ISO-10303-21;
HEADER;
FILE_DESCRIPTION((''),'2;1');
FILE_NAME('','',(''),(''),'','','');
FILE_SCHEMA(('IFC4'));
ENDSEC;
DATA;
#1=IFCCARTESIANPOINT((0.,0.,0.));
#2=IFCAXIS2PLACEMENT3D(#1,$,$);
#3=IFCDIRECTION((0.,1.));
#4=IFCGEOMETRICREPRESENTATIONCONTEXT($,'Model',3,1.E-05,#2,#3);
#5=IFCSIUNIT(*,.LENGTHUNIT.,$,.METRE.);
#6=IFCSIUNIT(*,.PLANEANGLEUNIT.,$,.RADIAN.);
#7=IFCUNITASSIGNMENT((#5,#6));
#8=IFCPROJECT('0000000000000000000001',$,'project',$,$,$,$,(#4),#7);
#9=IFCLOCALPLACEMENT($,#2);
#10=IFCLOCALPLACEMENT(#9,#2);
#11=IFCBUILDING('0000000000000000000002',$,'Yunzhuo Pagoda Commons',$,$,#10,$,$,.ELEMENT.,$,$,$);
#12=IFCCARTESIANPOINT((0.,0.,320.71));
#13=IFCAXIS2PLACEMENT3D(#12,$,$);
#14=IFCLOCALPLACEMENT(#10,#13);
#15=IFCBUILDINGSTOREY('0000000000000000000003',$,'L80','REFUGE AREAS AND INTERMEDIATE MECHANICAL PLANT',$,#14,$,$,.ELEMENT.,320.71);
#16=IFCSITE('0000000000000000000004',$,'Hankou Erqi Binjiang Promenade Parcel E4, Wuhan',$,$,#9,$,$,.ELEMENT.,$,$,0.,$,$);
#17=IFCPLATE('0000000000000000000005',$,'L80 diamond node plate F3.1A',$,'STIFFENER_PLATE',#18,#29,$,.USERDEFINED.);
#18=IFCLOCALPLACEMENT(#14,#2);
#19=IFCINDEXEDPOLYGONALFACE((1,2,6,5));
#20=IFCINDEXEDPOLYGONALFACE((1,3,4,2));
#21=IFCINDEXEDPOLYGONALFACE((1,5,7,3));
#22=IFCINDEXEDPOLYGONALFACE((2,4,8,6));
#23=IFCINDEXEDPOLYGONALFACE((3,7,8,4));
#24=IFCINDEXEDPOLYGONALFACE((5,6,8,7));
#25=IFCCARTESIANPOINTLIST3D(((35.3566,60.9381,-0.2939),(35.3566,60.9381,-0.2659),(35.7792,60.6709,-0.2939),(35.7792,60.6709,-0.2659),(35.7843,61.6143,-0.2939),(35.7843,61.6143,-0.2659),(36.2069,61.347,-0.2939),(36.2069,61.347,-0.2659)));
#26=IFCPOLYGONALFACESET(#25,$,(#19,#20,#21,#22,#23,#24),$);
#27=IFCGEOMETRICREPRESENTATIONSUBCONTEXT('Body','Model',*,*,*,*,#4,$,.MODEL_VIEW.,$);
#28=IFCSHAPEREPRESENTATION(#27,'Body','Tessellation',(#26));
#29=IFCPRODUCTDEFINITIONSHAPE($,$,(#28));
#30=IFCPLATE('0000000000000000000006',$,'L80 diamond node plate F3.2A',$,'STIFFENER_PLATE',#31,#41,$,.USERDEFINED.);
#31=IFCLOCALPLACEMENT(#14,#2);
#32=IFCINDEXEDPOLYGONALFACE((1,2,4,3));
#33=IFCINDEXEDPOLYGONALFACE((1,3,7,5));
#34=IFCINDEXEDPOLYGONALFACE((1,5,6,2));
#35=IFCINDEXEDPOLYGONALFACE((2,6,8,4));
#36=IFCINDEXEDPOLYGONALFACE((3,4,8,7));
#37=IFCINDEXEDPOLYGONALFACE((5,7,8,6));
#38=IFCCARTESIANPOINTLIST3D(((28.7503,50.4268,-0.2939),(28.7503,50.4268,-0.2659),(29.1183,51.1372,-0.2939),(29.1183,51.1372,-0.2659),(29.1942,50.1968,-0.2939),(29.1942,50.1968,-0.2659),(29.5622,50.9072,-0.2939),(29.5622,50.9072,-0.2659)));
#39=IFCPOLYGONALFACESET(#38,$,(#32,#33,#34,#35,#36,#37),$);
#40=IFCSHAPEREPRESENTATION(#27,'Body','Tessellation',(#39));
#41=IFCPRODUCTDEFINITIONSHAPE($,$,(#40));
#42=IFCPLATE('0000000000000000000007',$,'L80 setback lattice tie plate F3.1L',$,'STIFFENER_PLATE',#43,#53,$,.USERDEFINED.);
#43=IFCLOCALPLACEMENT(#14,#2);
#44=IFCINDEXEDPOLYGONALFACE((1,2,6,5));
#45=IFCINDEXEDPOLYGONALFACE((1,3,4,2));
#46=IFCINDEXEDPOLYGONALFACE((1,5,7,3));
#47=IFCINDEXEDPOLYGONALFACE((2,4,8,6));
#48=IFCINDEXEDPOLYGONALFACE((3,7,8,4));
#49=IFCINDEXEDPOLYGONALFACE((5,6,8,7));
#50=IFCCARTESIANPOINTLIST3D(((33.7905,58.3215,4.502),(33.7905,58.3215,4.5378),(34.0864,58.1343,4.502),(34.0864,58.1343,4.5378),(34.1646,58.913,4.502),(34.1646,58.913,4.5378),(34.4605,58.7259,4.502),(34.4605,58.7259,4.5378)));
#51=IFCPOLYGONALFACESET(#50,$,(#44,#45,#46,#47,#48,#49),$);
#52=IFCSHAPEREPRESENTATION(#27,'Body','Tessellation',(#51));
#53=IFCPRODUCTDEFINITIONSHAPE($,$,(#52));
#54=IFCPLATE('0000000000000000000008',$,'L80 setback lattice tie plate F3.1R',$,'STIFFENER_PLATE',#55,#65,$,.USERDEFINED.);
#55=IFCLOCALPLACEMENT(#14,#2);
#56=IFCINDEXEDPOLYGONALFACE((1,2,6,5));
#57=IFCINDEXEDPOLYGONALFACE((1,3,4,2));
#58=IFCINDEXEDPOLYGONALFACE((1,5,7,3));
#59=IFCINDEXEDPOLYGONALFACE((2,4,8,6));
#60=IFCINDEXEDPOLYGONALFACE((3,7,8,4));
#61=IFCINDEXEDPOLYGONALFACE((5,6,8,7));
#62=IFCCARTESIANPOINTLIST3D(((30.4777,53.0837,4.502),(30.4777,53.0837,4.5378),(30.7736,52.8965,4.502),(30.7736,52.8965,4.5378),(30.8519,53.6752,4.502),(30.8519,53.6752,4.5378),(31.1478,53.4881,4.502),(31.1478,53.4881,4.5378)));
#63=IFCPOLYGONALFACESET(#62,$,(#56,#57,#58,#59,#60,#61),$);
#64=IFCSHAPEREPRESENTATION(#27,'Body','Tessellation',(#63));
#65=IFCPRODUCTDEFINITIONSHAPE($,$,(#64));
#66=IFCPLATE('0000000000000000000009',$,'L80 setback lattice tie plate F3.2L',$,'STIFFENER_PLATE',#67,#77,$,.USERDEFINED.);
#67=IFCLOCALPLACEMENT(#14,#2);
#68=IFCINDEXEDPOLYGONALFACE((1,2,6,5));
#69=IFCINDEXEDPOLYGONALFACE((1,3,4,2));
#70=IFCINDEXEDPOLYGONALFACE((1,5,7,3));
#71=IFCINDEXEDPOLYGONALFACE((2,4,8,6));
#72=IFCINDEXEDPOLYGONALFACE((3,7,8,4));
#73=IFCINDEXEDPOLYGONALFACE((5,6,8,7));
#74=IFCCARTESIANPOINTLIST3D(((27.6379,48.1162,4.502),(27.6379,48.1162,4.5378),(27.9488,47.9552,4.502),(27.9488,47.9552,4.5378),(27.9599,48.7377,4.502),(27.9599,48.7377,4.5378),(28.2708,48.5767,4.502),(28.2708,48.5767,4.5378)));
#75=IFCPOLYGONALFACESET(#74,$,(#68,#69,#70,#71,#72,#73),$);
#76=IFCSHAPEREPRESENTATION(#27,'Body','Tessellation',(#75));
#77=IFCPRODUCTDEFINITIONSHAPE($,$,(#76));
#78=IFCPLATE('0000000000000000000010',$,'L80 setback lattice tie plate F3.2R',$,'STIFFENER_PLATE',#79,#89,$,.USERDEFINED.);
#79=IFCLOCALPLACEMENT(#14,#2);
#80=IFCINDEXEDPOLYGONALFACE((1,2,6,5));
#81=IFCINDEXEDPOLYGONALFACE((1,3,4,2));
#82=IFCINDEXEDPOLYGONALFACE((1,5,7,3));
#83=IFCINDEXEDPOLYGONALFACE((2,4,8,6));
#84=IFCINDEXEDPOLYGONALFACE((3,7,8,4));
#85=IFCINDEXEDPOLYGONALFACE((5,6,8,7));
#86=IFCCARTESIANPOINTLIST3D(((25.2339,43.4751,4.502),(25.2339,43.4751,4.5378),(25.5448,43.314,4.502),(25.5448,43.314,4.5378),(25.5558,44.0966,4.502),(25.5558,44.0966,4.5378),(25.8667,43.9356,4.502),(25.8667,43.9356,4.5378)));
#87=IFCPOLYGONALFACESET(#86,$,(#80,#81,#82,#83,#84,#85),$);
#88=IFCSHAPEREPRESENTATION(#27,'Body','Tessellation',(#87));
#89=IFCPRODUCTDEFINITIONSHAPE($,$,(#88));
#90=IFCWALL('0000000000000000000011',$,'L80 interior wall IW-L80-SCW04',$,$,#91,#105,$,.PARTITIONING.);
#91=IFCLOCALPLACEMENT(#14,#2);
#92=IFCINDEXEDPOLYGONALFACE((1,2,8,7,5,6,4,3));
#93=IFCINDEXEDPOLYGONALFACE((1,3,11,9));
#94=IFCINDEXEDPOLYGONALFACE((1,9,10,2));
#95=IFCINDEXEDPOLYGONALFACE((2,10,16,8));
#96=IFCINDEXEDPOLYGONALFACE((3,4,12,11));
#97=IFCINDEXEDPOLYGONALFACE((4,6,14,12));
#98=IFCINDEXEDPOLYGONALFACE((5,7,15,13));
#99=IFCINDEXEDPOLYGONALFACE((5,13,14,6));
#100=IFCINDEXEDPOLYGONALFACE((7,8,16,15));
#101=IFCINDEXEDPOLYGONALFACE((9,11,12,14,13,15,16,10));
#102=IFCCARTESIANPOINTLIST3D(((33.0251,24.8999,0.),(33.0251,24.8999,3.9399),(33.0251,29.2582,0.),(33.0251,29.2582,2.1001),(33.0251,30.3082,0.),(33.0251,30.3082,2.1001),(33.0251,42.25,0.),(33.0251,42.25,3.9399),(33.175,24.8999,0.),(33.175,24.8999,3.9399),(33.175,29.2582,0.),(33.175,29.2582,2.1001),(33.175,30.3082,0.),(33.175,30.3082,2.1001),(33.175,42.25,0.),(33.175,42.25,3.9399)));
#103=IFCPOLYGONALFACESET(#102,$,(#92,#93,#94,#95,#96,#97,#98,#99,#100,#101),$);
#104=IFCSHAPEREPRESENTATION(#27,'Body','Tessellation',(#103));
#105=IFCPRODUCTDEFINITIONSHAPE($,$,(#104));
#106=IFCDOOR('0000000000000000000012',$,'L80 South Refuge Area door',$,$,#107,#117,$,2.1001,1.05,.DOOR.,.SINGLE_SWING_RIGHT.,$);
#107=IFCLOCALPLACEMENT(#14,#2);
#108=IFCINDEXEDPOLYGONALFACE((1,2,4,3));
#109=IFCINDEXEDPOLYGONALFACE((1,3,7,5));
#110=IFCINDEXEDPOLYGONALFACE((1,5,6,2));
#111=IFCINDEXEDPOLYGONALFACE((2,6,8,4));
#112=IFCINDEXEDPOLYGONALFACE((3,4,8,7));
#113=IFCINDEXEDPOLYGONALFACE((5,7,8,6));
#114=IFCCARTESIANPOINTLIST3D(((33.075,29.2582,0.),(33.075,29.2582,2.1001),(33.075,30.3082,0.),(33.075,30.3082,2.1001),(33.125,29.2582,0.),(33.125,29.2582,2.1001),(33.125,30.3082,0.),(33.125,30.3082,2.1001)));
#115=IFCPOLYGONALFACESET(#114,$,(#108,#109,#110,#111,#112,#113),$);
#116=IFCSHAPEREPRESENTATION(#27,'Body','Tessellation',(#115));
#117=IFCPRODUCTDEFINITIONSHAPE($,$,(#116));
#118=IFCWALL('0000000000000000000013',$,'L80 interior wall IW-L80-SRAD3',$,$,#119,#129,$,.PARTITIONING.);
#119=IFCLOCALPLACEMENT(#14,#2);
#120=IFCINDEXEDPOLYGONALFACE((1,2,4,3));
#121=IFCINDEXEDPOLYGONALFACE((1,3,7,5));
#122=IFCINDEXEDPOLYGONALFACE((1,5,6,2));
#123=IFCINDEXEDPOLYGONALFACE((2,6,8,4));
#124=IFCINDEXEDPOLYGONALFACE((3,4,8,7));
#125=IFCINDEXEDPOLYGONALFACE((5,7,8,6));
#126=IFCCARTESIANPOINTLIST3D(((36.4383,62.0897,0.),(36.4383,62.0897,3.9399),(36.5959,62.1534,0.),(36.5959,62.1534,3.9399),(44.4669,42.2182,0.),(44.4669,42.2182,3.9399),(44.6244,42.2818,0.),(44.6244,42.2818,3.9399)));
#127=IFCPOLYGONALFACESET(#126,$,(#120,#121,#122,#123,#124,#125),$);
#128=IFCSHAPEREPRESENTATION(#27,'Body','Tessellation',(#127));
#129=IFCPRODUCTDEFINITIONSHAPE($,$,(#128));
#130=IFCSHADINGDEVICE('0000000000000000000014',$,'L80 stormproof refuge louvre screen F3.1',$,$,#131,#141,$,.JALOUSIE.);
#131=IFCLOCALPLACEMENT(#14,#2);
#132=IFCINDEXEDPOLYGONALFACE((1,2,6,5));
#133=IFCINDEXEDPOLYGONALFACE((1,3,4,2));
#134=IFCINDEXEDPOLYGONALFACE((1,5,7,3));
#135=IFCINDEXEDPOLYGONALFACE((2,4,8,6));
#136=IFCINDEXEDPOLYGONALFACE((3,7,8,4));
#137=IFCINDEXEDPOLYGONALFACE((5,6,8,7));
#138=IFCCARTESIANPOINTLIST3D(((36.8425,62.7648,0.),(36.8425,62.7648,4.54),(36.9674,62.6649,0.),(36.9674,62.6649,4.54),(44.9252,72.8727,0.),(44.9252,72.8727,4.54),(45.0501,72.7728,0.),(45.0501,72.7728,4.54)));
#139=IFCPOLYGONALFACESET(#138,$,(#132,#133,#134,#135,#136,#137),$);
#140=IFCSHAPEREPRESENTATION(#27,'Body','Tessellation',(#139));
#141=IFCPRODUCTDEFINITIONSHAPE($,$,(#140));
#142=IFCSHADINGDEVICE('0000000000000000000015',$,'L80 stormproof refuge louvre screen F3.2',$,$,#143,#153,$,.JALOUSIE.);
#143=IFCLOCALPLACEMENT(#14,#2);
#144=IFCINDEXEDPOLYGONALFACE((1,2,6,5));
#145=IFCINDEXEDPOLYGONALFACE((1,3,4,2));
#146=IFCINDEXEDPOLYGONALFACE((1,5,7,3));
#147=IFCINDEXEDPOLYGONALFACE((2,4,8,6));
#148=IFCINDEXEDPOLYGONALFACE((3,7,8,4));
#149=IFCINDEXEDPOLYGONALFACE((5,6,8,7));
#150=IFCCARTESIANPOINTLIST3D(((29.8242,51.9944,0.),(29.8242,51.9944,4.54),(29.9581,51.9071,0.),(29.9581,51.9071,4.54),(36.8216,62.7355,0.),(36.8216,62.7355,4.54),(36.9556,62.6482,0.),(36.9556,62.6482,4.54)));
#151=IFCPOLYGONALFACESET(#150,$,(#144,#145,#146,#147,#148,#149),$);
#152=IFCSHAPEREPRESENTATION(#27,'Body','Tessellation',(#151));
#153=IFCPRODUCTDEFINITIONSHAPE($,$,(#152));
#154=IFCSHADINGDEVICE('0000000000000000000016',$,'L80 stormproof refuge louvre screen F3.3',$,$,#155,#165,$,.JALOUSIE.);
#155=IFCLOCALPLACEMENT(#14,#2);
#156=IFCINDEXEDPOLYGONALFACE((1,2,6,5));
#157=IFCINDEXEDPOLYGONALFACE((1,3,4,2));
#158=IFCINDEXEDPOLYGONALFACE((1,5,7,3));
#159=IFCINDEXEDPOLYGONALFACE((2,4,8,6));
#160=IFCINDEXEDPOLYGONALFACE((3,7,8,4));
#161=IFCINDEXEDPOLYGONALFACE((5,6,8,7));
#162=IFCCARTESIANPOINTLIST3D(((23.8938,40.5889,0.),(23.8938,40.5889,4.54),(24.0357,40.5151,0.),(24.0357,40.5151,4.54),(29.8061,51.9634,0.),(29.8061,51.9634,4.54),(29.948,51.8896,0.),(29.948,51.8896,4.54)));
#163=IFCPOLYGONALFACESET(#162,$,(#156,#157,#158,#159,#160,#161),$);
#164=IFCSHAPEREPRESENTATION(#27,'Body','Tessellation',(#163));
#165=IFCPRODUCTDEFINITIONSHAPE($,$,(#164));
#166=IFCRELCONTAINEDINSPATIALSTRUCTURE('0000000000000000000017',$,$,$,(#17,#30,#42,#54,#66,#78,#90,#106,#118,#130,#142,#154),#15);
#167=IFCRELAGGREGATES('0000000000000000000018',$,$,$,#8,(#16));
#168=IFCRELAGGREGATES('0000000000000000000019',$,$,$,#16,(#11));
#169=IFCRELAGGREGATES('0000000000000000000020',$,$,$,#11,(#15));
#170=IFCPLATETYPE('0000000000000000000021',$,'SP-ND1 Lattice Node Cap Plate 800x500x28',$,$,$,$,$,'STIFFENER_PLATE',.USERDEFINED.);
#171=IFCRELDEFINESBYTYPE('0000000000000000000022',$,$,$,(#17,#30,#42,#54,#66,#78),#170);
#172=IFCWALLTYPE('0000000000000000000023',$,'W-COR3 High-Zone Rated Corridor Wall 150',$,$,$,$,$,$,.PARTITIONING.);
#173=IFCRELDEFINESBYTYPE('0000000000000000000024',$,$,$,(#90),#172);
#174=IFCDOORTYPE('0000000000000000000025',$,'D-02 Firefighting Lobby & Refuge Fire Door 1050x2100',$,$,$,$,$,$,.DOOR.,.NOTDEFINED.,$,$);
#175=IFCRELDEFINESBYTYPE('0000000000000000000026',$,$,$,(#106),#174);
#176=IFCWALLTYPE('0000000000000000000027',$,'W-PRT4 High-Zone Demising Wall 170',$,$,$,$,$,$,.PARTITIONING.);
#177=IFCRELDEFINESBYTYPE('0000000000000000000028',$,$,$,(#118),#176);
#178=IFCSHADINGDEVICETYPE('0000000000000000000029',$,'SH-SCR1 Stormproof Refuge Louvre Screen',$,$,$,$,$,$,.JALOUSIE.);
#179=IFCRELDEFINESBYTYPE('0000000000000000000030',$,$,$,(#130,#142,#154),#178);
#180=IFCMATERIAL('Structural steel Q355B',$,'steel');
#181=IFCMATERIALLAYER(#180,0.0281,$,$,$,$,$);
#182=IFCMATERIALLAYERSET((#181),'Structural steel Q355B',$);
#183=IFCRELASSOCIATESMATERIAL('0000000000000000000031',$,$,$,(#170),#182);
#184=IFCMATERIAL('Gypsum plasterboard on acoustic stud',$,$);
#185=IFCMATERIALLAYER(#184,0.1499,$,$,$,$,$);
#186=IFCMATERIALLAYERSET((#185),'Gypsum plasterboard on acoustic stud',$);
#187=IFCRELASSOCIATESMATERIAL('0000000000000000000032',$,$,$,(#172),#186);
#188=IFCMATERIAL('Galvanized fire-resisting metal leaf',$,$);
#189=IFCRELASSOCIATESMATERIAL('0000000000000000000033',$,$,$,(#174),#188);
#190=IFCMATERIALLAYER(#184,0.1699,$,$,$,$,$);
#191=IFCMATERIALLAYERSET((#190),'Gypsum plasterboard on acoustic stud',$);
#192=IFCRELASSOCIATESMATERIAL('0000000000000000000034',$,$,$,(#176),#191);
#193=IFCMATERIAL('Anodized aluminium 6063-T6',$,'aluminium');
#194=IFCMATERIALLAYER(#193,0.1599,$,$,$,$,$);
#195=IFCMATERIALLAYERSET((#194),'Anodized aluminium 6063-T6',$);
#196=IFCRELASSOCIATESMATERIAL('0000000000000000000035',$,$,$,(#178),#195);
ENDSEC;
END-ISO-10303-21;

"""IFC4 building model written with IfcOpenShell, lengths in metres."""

from ifc_helpers import new_model, si_unit, direction, frame, frame_2d, origin, origin_with_axes, origin_2d, place, context, subcontext, project, spatial, rectangle, extrude, source, transform, mapped, material, layer, layer_set, type_object, element, fill, save


model = new_model("IFC4")

# Units and contexts
model_context = context("Model", 3, precision=1e-05, world=origin(), true_north=direction((0.0, 1.0)))
body_context = subcontext(model_context, "Body", "Model", "MODEL_VIEW")
ifc_project = project(units=[si_unit("LENGTHUNIT", "METRE"), si_unit("PLANEANGLEUNIT", "RADIAN")], contexts=[model_context])

# Site, building, storey
site_placement = place(None, origin())
site = spatial("IfcSite", under=ifc_project, at=site_placement, Name="Hankou Erqi Binjiang Promenade Parcel E4, Wuhan", CompositionType="ELEMENT", RefElevation=0.0)
building_placement = place(site_placement, origin())
building = spatial("IfcBuilding", under=site, at=building_placement, Name="Yunzhuo Pagoda Commons", CompositionType="ELEMENT")
storey_placement = place(building_placement, frame((0.0, 0.0, 320.71)))
storey = spatial("IfcBuildingStorey", under=building, at=storey_placement, Name="L80", Description="REFUGE AREAS AND INTERMEDIATE MECHANICAL PLANT", CompositionType="ELEMENT", Elevation=320.71)

# Shared definitions
ifc_material_1 = material(Name="Structural steel Q355B", Category="steel")

# Plates
ifc_layer_1 = layer(ifc_material_1, 0.0281)
ifc_layer_set_1 = layer_set([ifc_layer_1], Name="Structural steel Q355B")
plate_type_1 = type_object("IfcPlateType", Name="SP-ND1 Lattice Node Cap Plate 800x500x28", ElementType="STIFFENER_PLATE", PredefinedType="USERDEFINED", material=ifc_layer_set_1)
shared_shape_1 = source(origin(), body_context, "Body", "SweptSolid", [
    extrude(rectangle(XDim=0.8, YDim=0.5, at=origin_2d()), origin(), (0.0, 0.0, 1.0), 0.0281),
])
for number, where, z_axis, x_axis, name in (
    (1, (35.7817, 61.1426, -0.2939), (0.0, 0.0, 1.0), (-0.534529, -0.84515, 0.0), "L80 diamond node plate F3.1A"),
    (2, (29.1562, 50.667, -0.2939), (0.0, 0.0, 1.0), (-0.459952, -0.887944, 0.0), "L80 diamond node plate F3.2A"),
):
    element("IfcPlate", number, at=place(storey_placement, frame(where, z_axis=z_axis, x_axis=x_axis)), inside=storey, type_object=plate_type_1, Name=name, ObjectType="STIFFENER_PLATE", PredefinedType="USERDEFINED", context=body_context, shape_type="MappedRepresentation", body=[
        mapped(shared_shape_1, transform((0.0, 0.0, 0.0), scale=1.0)),
    ])
shared_shape_2 = source(origin(), body_context, "Body", "SweptSolid", [
    extrude(rectangle(XDim=0.7, YDim=0.3501, at=origin_2d()), origin(), (0.0, 0.0, 1.0), 0.0359),
])
for number, where, z_axis, x_axis, name in (
    (3, (34.1255, 58.5237, 4.502), (0.0, 0.0, 1.0), (-0.534529, -0.84515, 0.0), "L80 setback lattice tie plate F3.1L"),
    (4, (30.8127, 53.2859, 4.502), (0.0, 0.0, 1.0), (-0.534529, -0.84515, 0.0), "L80 setback lattice tie plate F3.1R"),
    (5, (27.9543, 48.3464, 4.502), (0.0, 0.0, 1.0), (-0.459952, -0.887944, 0.0), "L80 setback lattice tie plate F3.2L"),
    (6, (25.5503, 43.7053, 4.502), (0.0, 0.0, 1.0), (-0.459952, -0.887944, 0.0), "L80 setback lattice tie plate F3.2R"),
):
    element("IfcPlate", number, at=place(storey_placement, frame(where, z_axis=z_axis, x_axis=x_axis)), inside=storey, type_object=plate_type_1, Name=name, ObjectType="STIFFENER_PLATE", PredefinedType="USERDEFINED", context=body_context, shape_type="MappedRepresentation", body=[
        mapped(shared_shape_2, transform((0.0, 0.0, 0.0), scale=1.0)),
    ])

# Wall, opening, door
ifc_material_2 = material(Name="Gypsum plasterboard on acoustic stud")
ifc_layer_2 = layer(ifc_material_2, 0.1499)
ifc_layer_set_2 = layer_set([ifc_layer_2], Name="Gypsum plasterboard on acoustic stud")
wall_type_1 = type_object("IfcWallType", Name="W-COR3 High-Zone Rated Corridor Wall 150", PredefinedType="PARTITIONING", material=ifc_layer_set_2)
wall_1_placement = place(storey_placement, frame((33.1001, 42.25, 0.0), z_axis=(0.0, 0.0, 1.0), x_axis=(0.0, -1.0, 0.0)))
wall_1 = element("IfcWall", 7, at=wall_1_placement, inside=storey, type_object=wall_type_1, Name="L80 interior wall IW-L80-SCW04", PredefinedType="PARTITIONING", context=body_context, shape_type="SweptSolid", body=[
    extrude(rectangle(XDim=17.3501, YDim=0.1499, at=frame_2d((8.675, 0.0))), origin(), (0.0, 0.0, 1.0), 3.9399),
])
opening_placement = place(wall_1_placement, frame((11.9419, 0.0, 0.0)))
opening = element("IfcOpeningElement", 8, at=opening_placement, cuts=wall_1, PredefinedType="OPENING", context=body_context, shape_type="SweptSolid", body=[
    extrude(rectangle(XDim=1.05, YDim=2.1001, at=frame_2d((0.5249, 1.05))), frame((0.0, 0.085, 0.0), z_axis=(0.0, -1.0, 0.0), x_axis=(1.0, 0.0, 0.0)), (0.0, 0.0, 1.0), 0.1699),
])
ifc_material_3 = material(Name="Galvanized fire-resisting metal leaf")
door_type = type_object("IfcDoorType", Name="D-02 Firefighting Lobby & Refuge Fire Door 1050x2100", OperationType="NOTDEFINED", PredefinedType="DOOR", material=ifc_material_3)
shared_shape_3 = source(origin(), body_context, "Body", "SweptSolid", [
    extrude(rectangle(XDim=1.05, YDim=2.1001, at=frame_2d((0.5249, 1.05))), frame((0.0, 0.0249, 0.0), z_axis=(0.0, -1.0, 0.0), x_axis=(1.0, 0.0, 0.0)), (0.0, 0.0, 1.0), 0.05),
])
door_placement = place(opening_placement, origin_with_axes())
door = element("IfcDoor", 9, at=door_placement, inside=storey, type_object=door_type, Name="L80 South Refuge Area door", OperationType="SINGLE_SWING_RIGHT", OverallHeight=2.1001, OverallWidth=1.05, PredefinedType="DOOR", context=body_context, shape_type="MappedRepresentation", body=[
    mapped(shared_shape_3, transform((0.0, 0.0, 0.0), scale=1.0)),
])
fill(opening, door)

# Wall
ifc_layer_3 = layer(ifc_material_2, 0.1699)
ifc_layer_set_3 = layer_set([ifc_layer_3], Name="Gypsum plasterboard on acoustic stud")
wall_type_2 = type_object("IfcWallType", Name="W-PRT4 High-Zone Demising Wall 170", PredefinedType="PARTITIONING", material=ifc_layer_set_3)
wall_2_placement = place(storey_placement, frame((44.5457, 42.25, 0.0), z_axis=(0.0, 0.0, 1.0), x_axis=(-0.374604, 0.927185, 0.0)))
element("IfcWall", 10, at=wall_2_placement, inside=storey, type_object=wall_type_2, Name="L80 interior wall IW-L80-SRAD3", PredefinedType="PARTITIONING", context=body_context, shape_type="SweptSolid", body=[
    extrude(rectangle(XDim=21.4321, YDim=0.1699, at=frame_2d((10.7161, 0.0))), origin(), (0.0, 0.0, 1.0), 3.9399),
])

# Shading devices
ifc_material_4 = material(Name="Anodized aluminium 6063-T6", Category="aluminium")
ifc_layer_4 = layer(ifc_material_4, 0.1599)
ifc_layer_set_4 = layer_set([ifc_layer_4], Name="Anodized aluminium 6063-T6")
shading_device_type = type_object("IfcShadingDeviceType", Name="SH-SCR1 Stormproof Refuge Louvre Screen", PredefinedType="JALOUSIE", material=ifc_layer_set_4)
shared_shape_4 = source(origin(), body_context, "Body", "SweptSolid", [
    extrude(rectangle(XDim=12.9421, YDim=0.1599, at=origin_2d()), origin(), (0.0, 0.0, 1.0), 4.54),
])
shading_device_placement = place(storey_placement, frame((40.9463, 67.7688, 0.0), z_axis=(0.0, 0.0, 1.0), x_axis=(-0.62452, -0.781008, 0.0)))
element("IfcShadingDevice", 11, at=shading_device_placement, inside=storey, type_object=shading_device_type, Name="L80 stormproof refuge louvre screen F3.1", PredefinedType="JALOUSIE", context=body_context, shape_type="MappedRepresentation", body=[
    mapped(shared_shape_4, transform((0.0, 0.0, 0.0), scale=1.0)),
])
shared_shape_5 = source(origin(), body_context, "Body", "SweptSolid", [
    extrude(rectangle(XDim=12.8193, YDim=0.1599, at=origin_2d()), origin(), (0.0, 0.0, 1.0), 4.54),
])
for number, where, z_axis, x_axis, name in (
    (12, (33.3899, 57.3213, 0.0), (0.0, 0.0, 1.0), (-0.545853, -0.837881, 0.0), "L80 stormproof refuge louvre screen F3.2"),
    (13, (26.9209, 46.2393, 0.0), (0.0, 0.0, 1.0), (-0.461207, -0.887293, 0.0), "L80 stormproof refuge louvre screen F3.3"),
):
    element("IfcShadingDevice", number, at=place(storey_placement, frame(where, z_axis=z_axis, x_axis=x_axis)), inside=storey, type_object=shading_device_type, Name=name, PredefinedType="JALOUSIE", context=body_context, shape_type="MappedRepresentation", body=[
        mapped(shared_shape_5, transform((0.0, 0.0, 0.0), scale=1.0)),
    ])

save(model, "model.ifc")
